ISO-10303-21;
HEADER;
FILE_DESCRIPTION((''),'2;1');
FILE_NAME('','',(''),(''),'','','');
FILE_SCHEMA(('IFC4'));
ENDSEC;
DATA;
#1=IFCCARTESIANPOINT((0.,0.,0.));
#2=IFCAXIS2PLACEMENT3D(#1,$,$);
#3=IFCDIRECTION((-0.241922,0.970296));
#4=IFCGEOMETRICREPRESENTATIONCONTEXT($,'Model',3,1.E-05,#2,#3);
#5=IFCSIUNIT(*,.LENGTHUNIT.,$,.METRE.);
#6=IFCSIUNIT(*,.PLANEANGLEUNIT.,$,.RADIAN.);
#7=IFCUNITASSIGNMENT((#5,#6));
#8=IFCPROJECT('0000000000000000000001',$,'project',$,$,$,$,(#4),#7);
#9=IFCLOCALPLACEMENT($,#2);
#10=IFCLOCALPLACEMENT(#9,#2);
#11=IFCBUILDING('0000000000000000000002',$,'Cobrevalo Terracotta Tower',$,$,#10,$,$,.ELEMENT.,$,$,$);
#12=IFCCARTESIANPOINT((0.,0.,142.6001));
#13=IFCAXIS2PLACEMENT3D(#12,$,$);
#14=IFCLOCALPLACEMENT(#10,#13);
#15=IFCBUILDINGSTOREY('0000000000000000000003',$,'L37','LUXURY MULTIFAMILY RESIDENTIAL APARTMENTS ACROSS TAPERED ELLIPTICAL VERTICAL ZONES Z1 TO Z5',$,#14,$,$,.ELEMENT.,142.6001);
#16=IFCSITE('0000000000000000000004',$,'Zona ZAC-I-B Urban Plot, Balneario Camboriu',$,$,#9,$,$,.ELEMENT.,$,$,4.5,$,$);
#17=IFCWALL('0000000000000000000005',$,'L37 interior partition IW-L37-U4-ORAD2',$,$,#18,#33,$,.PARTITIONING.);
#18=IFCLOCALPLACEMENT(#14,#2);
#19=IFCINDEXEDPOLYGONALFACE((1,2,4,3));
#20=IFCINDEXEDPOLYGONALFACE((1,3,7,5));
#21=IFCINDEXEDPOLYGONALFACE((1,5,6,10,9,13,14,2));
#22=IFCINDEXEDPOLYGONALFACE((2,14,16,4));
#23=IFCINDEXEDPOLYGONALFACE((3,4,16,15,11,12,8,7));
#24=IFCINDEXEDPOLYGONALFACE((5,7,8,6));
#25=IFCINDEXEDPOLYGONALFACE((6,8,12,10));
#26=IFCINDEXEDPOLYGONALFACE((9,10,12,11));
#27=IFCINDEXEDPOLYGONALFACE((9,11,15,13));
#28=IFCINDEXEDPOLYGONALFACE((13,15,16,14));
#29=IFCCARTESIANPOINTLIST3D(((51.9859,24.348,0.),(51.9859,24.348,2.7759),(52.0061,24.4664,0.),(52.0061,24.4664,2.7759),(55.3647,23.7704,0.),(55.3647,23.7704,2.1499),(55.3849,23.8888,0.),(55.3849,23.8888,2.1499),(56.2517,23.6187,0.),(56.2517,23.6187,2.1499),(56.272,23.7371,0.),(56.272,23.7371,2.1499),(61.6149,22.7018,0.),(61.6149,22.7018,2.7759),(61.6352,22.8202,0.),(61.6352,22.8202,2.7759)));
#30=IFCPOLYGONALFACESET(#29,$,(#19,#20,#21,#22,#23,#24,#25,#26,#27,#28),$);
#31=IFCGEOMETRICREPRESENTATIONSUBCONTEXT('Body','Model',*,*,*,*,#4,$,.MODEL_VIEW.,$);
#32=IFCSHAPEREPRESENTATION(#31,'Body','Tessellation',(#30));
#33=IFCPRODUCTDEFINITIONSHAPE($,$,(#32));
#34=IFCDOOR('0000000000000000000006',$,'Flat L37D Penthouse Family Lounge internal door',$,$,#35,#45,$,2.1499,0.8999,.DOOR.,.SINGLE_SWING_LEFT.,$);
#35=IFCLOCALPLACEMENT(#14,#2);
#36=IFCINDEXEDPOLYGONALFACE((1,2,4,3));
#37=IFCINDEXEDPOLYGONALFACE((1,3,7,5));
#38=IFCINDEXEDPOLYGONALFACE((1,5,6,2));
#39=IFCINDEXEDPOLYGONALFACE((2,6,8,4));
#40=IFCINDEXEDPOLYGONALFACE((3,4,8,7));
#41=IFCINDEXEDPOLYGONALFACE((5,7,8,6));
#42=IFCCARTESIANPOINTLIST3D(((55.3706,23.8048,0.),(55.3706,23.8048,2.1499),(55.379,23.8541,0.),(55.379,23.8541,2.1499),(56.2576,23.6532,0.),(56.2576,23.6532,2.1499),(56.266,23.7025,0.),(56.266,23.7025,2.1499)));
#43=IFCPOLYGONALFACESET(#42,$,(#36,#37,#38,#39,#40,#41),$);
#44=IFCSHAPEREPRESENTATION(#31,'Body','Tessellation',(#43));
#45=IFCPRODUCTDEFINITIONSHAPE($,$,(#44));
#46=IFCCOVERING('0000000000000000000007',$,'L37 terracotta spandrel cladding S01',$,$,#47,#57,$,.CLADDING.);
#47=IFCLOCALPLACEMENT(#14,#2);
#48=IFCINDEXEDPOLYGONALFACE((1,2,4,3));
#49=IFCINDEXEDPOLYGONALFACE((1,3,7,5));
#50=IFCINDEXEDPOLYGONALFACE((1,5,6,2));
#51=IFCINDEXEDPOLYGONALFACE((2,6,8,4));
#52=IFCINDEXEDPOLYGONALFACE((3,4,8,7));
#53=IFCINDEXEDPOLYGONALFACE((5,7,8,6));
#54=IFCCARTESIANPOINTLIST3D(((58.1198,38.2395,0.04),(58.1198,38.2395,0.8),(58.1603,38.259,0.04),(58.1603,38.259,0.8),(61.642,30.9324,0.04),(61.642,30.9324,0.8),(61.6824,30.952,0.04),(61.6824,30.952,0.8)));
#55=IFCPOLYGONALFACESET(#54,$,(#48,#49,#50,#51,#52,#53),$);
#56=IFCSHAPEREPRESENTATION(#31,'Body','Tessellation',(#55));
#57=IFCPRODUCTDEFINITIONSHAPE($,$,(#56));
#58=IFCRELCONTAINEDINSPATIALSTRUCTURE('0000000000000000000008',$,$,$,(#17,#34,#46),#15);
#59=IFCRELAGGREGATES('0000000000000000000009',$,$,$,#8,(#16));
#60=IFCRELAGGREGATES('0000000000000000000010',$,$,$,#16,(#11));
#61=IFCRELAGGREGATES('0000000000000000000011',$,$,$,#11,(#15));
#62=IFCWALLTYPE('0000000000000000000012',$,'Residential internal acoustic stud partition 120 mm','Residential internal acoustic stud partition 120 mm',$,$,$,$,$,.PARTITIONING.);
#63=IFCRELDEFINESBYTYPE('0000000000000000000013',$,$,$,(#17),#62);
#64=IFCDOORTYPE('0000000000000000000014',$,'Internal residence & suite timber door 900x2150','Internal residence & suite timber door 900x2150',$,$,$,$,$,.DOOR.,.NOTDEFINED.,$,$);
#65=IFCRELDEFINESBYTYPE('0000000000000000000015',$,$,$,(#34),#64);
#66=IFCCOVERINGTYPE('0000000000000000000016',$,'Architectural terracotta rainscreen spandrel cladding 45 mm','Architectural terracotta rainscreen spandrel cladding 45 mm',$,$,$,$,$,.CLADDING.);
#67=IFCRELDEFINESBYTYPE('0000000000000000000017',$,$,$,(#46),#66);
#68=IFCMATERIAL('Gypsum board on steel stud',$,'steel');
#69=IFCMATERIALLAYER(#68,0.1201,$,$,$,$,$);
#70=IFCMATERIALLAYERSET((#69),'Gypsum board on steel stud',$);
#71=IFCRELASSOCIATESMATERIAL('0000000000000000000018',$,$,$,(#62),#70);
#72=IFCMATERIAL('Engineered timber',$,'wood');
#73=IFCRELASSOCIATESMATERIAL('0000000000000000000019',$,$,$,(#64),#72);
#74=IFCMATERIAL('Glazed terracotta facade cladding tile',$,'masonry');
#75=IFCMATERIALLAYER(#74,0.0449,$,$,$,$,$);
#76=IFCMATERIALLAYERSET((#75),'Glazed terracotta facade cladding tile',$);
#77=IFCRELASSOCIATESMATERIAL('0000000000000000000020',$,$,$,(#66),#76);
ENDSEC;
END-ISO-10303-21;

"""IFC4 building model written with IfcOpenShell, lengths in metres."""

from ifc_helpers import new_model, si_unit, direction, frame, frame_2d, origin, origin_2d, place, context, subcontext, project, spatial, rectangle, extrude, source, transform, mapped, material, layer, layer_set, type_object, element, fill, save


model = new_model("IFC4")

# Units and contexts
model_context = context("Model", 3, precision=1e-05, world=origin(), true_north=direction((-0.241922, 0.970296)))
body_context = subcontext(model_context, "Body", "Model", "MODEL_VIEW")
ifc_project = project(units=[si_unit("LENGTHUNIT", "METRE"), si_unit("PLANEANGLEUNIT", "RADIAN")], contexts=[model_context])

# Site, building, storey
site_placement = place(None, origin())
site = spatial("IfcSite", under=ifc_project, at=site_placement, Name="Zona ZAC-I-B Urban Plot, Balneario Camboriu", CompositionType="ELEMENT", RefElevation=4.5)
building_placement = place(site_placement, origin())
building = spatial("IfcBuilding", under=site, at=building_placement, Name="Cobrevalo Terracotta Tower", CompositionType="ELEMENT")
storey_placement = place(building_placement, frame((0.0, 0.0, 142.6001)))
storey = spatial("IfcBuildingStorey", under=building, at=storey_placement, Name="L37", Description="LUXURY MULTIFAMILY RESIDENTIAL APARTMENTS ACROSS TAPERED ELLIPTICAL VERTICAL ZONES Z1 TO Z5", CompositionType="ELEMENT", Elevation=142.6001)

# Shared definitions
ifc_material_1 = material(Name="Gypsum board on steel stud", Category="steel")
ifc_layer_1 = layer(ifc_material_1, 0.1201)
ifc_layer_set_1 = layer_set([ifc_layer_1], Name="Gypsum board on steel stud")
wall_type_1 = type_object("IfcWallType", Name="Residential internal acoustic stud partition 120 mm", Description="Residential internal acoustic stud partition 120 mm", PredefinedType="PARTITIONING", material=ifc_layer_set_1)

# Shared definitions
ifc_material_2 = material(Name="Engineered timber", Category="wood")
door_type_1 = type_object("IfcDoorType", Name="Internal residence & suite timber door 900x2150", Description="Internal residence & suite timber door 900x2150", OperationType="NOTDEFINED", PredefinedType="DOOR", material=ifc_material_2)
shared_shape_1 = source(origin(), body_context, "Body", "SweptSolid", [
    extrude(rectangle(XDim=0.8999, YDim=2.1499, at=frame_2d((0.45, 1.075))), frame((0.0, 0.0249, 0.0), z_axis=(0.0, -1.0, 0.0), x_axis=(1.0, 0.0, 0.0)), (0.0, 0.0, 1.0), 0.05),
])

# Wall, opening, door
wall_1_placement = place(storey_placement, frame((51.9961, 24.4072, 0.0), z_axis=(0.0, 0.0, 1.0), x_axis=(0.985698, -0.168519, 0.0)))
wall_1 = element("IfcWall", 1, at=wall_1_placement, inside=storey, type_object=wall_type_1, Name="L37 interior partition IW-L37-U4-ORAD2", PredefinedType="PARTITIONING", context=body_context, shape_type="SweptSolid", body=[
    extrude(rectangle(XDim=9.7688, YDim=0.1201, at=frame_2d((4.8843, 0.0))), origin(), (0.0, 0.0, 1.0), 2.7759),
])
opening_1_placement = place(wall_1_placement, frame((3.4277, 0.0, 0.0)))
opening_1 = element("IfcOpeningElement", 2, at=opening_1_placement, cuts=wall_1, PredefinedType="OPENING", context=body_context, shape_type="SweptSolid", body=[
    extrude(rectangle(XDim=0.8999, YDim=2.1499, at=frame_2d((0.45, 1.075))), frame((0.0, 0.0701, 0.0), z_axis=(0.0, -1.0, 0.0), x_axis=(1.0, 0.0, 0.0)), (0.0, 0.0, 1.0), 0.1401),
])
door_1_placement = place(opening_1_placement, origin())
door_1 = element("IfcDoor", 3, at=door_1_placement, inside=storey, type_object=door_type_1, Name="Flat L37D Penthouse Family Lounge internal door", OperationType="SINGLE_SWING_LEFT", OverallHeight=2.1499, OverallWidth=0.8999, PredefinedType="DOOR", context=body_context, shape_type="MappedRepresentation", body=[
    mapped(shared_shape_1, transform((0.0, 0.0, 0.0), scale=1.0)),
])
fill(opening_1, door_1)

# Covering
ifc_material_3 = material(Name="Glazed terracotta facade cladding tile", Category="masonry")
ifc_layer_2 = layer(ifc_material_3, 0.0449)
ifc_layer_set_2 = layer_set([ifc_layer_2], Name="Glazed terracotta facade cladding tile")
covering_type = type_object("IfcCoveringType", Name="Architectural terracotta rainscreen spandrel cladding 45 mm", Description="Architectural terracotta rainscreen spandrel cladding 45 mm", PredefinedType="CLADDING", material=ifc_layer_set_2)
shared_shape_2 = source(origin(), body_context, "Body", "SweptSolid", [
    extrude(rectangle(XDim=8.1116, YDim=0.0449, at=origin_2d()), origin(), (0.0, 0.0, 1.0), 0.76),
])
covering_placement = place(storey_placement, frame((59.9011, 34.5957, 0.04), z_axis=(0.0, 0.0, 1.0), x_axis=(-0.434209, 0.900812, 0.0)))
element("IfcCovering", 4, at=covering_placement, inside=storey, type_object=covering_type, Name="L37 terracotta spandrel cladding S01", PredefinedType="CLADDING", context=body_context, shape_type="MappedRepresentation", body=[
    mapped(shared_shape_2, transform((0.0, 0.0, 0.0), scale=1.0)),
])

save(model, "model.ifc")
